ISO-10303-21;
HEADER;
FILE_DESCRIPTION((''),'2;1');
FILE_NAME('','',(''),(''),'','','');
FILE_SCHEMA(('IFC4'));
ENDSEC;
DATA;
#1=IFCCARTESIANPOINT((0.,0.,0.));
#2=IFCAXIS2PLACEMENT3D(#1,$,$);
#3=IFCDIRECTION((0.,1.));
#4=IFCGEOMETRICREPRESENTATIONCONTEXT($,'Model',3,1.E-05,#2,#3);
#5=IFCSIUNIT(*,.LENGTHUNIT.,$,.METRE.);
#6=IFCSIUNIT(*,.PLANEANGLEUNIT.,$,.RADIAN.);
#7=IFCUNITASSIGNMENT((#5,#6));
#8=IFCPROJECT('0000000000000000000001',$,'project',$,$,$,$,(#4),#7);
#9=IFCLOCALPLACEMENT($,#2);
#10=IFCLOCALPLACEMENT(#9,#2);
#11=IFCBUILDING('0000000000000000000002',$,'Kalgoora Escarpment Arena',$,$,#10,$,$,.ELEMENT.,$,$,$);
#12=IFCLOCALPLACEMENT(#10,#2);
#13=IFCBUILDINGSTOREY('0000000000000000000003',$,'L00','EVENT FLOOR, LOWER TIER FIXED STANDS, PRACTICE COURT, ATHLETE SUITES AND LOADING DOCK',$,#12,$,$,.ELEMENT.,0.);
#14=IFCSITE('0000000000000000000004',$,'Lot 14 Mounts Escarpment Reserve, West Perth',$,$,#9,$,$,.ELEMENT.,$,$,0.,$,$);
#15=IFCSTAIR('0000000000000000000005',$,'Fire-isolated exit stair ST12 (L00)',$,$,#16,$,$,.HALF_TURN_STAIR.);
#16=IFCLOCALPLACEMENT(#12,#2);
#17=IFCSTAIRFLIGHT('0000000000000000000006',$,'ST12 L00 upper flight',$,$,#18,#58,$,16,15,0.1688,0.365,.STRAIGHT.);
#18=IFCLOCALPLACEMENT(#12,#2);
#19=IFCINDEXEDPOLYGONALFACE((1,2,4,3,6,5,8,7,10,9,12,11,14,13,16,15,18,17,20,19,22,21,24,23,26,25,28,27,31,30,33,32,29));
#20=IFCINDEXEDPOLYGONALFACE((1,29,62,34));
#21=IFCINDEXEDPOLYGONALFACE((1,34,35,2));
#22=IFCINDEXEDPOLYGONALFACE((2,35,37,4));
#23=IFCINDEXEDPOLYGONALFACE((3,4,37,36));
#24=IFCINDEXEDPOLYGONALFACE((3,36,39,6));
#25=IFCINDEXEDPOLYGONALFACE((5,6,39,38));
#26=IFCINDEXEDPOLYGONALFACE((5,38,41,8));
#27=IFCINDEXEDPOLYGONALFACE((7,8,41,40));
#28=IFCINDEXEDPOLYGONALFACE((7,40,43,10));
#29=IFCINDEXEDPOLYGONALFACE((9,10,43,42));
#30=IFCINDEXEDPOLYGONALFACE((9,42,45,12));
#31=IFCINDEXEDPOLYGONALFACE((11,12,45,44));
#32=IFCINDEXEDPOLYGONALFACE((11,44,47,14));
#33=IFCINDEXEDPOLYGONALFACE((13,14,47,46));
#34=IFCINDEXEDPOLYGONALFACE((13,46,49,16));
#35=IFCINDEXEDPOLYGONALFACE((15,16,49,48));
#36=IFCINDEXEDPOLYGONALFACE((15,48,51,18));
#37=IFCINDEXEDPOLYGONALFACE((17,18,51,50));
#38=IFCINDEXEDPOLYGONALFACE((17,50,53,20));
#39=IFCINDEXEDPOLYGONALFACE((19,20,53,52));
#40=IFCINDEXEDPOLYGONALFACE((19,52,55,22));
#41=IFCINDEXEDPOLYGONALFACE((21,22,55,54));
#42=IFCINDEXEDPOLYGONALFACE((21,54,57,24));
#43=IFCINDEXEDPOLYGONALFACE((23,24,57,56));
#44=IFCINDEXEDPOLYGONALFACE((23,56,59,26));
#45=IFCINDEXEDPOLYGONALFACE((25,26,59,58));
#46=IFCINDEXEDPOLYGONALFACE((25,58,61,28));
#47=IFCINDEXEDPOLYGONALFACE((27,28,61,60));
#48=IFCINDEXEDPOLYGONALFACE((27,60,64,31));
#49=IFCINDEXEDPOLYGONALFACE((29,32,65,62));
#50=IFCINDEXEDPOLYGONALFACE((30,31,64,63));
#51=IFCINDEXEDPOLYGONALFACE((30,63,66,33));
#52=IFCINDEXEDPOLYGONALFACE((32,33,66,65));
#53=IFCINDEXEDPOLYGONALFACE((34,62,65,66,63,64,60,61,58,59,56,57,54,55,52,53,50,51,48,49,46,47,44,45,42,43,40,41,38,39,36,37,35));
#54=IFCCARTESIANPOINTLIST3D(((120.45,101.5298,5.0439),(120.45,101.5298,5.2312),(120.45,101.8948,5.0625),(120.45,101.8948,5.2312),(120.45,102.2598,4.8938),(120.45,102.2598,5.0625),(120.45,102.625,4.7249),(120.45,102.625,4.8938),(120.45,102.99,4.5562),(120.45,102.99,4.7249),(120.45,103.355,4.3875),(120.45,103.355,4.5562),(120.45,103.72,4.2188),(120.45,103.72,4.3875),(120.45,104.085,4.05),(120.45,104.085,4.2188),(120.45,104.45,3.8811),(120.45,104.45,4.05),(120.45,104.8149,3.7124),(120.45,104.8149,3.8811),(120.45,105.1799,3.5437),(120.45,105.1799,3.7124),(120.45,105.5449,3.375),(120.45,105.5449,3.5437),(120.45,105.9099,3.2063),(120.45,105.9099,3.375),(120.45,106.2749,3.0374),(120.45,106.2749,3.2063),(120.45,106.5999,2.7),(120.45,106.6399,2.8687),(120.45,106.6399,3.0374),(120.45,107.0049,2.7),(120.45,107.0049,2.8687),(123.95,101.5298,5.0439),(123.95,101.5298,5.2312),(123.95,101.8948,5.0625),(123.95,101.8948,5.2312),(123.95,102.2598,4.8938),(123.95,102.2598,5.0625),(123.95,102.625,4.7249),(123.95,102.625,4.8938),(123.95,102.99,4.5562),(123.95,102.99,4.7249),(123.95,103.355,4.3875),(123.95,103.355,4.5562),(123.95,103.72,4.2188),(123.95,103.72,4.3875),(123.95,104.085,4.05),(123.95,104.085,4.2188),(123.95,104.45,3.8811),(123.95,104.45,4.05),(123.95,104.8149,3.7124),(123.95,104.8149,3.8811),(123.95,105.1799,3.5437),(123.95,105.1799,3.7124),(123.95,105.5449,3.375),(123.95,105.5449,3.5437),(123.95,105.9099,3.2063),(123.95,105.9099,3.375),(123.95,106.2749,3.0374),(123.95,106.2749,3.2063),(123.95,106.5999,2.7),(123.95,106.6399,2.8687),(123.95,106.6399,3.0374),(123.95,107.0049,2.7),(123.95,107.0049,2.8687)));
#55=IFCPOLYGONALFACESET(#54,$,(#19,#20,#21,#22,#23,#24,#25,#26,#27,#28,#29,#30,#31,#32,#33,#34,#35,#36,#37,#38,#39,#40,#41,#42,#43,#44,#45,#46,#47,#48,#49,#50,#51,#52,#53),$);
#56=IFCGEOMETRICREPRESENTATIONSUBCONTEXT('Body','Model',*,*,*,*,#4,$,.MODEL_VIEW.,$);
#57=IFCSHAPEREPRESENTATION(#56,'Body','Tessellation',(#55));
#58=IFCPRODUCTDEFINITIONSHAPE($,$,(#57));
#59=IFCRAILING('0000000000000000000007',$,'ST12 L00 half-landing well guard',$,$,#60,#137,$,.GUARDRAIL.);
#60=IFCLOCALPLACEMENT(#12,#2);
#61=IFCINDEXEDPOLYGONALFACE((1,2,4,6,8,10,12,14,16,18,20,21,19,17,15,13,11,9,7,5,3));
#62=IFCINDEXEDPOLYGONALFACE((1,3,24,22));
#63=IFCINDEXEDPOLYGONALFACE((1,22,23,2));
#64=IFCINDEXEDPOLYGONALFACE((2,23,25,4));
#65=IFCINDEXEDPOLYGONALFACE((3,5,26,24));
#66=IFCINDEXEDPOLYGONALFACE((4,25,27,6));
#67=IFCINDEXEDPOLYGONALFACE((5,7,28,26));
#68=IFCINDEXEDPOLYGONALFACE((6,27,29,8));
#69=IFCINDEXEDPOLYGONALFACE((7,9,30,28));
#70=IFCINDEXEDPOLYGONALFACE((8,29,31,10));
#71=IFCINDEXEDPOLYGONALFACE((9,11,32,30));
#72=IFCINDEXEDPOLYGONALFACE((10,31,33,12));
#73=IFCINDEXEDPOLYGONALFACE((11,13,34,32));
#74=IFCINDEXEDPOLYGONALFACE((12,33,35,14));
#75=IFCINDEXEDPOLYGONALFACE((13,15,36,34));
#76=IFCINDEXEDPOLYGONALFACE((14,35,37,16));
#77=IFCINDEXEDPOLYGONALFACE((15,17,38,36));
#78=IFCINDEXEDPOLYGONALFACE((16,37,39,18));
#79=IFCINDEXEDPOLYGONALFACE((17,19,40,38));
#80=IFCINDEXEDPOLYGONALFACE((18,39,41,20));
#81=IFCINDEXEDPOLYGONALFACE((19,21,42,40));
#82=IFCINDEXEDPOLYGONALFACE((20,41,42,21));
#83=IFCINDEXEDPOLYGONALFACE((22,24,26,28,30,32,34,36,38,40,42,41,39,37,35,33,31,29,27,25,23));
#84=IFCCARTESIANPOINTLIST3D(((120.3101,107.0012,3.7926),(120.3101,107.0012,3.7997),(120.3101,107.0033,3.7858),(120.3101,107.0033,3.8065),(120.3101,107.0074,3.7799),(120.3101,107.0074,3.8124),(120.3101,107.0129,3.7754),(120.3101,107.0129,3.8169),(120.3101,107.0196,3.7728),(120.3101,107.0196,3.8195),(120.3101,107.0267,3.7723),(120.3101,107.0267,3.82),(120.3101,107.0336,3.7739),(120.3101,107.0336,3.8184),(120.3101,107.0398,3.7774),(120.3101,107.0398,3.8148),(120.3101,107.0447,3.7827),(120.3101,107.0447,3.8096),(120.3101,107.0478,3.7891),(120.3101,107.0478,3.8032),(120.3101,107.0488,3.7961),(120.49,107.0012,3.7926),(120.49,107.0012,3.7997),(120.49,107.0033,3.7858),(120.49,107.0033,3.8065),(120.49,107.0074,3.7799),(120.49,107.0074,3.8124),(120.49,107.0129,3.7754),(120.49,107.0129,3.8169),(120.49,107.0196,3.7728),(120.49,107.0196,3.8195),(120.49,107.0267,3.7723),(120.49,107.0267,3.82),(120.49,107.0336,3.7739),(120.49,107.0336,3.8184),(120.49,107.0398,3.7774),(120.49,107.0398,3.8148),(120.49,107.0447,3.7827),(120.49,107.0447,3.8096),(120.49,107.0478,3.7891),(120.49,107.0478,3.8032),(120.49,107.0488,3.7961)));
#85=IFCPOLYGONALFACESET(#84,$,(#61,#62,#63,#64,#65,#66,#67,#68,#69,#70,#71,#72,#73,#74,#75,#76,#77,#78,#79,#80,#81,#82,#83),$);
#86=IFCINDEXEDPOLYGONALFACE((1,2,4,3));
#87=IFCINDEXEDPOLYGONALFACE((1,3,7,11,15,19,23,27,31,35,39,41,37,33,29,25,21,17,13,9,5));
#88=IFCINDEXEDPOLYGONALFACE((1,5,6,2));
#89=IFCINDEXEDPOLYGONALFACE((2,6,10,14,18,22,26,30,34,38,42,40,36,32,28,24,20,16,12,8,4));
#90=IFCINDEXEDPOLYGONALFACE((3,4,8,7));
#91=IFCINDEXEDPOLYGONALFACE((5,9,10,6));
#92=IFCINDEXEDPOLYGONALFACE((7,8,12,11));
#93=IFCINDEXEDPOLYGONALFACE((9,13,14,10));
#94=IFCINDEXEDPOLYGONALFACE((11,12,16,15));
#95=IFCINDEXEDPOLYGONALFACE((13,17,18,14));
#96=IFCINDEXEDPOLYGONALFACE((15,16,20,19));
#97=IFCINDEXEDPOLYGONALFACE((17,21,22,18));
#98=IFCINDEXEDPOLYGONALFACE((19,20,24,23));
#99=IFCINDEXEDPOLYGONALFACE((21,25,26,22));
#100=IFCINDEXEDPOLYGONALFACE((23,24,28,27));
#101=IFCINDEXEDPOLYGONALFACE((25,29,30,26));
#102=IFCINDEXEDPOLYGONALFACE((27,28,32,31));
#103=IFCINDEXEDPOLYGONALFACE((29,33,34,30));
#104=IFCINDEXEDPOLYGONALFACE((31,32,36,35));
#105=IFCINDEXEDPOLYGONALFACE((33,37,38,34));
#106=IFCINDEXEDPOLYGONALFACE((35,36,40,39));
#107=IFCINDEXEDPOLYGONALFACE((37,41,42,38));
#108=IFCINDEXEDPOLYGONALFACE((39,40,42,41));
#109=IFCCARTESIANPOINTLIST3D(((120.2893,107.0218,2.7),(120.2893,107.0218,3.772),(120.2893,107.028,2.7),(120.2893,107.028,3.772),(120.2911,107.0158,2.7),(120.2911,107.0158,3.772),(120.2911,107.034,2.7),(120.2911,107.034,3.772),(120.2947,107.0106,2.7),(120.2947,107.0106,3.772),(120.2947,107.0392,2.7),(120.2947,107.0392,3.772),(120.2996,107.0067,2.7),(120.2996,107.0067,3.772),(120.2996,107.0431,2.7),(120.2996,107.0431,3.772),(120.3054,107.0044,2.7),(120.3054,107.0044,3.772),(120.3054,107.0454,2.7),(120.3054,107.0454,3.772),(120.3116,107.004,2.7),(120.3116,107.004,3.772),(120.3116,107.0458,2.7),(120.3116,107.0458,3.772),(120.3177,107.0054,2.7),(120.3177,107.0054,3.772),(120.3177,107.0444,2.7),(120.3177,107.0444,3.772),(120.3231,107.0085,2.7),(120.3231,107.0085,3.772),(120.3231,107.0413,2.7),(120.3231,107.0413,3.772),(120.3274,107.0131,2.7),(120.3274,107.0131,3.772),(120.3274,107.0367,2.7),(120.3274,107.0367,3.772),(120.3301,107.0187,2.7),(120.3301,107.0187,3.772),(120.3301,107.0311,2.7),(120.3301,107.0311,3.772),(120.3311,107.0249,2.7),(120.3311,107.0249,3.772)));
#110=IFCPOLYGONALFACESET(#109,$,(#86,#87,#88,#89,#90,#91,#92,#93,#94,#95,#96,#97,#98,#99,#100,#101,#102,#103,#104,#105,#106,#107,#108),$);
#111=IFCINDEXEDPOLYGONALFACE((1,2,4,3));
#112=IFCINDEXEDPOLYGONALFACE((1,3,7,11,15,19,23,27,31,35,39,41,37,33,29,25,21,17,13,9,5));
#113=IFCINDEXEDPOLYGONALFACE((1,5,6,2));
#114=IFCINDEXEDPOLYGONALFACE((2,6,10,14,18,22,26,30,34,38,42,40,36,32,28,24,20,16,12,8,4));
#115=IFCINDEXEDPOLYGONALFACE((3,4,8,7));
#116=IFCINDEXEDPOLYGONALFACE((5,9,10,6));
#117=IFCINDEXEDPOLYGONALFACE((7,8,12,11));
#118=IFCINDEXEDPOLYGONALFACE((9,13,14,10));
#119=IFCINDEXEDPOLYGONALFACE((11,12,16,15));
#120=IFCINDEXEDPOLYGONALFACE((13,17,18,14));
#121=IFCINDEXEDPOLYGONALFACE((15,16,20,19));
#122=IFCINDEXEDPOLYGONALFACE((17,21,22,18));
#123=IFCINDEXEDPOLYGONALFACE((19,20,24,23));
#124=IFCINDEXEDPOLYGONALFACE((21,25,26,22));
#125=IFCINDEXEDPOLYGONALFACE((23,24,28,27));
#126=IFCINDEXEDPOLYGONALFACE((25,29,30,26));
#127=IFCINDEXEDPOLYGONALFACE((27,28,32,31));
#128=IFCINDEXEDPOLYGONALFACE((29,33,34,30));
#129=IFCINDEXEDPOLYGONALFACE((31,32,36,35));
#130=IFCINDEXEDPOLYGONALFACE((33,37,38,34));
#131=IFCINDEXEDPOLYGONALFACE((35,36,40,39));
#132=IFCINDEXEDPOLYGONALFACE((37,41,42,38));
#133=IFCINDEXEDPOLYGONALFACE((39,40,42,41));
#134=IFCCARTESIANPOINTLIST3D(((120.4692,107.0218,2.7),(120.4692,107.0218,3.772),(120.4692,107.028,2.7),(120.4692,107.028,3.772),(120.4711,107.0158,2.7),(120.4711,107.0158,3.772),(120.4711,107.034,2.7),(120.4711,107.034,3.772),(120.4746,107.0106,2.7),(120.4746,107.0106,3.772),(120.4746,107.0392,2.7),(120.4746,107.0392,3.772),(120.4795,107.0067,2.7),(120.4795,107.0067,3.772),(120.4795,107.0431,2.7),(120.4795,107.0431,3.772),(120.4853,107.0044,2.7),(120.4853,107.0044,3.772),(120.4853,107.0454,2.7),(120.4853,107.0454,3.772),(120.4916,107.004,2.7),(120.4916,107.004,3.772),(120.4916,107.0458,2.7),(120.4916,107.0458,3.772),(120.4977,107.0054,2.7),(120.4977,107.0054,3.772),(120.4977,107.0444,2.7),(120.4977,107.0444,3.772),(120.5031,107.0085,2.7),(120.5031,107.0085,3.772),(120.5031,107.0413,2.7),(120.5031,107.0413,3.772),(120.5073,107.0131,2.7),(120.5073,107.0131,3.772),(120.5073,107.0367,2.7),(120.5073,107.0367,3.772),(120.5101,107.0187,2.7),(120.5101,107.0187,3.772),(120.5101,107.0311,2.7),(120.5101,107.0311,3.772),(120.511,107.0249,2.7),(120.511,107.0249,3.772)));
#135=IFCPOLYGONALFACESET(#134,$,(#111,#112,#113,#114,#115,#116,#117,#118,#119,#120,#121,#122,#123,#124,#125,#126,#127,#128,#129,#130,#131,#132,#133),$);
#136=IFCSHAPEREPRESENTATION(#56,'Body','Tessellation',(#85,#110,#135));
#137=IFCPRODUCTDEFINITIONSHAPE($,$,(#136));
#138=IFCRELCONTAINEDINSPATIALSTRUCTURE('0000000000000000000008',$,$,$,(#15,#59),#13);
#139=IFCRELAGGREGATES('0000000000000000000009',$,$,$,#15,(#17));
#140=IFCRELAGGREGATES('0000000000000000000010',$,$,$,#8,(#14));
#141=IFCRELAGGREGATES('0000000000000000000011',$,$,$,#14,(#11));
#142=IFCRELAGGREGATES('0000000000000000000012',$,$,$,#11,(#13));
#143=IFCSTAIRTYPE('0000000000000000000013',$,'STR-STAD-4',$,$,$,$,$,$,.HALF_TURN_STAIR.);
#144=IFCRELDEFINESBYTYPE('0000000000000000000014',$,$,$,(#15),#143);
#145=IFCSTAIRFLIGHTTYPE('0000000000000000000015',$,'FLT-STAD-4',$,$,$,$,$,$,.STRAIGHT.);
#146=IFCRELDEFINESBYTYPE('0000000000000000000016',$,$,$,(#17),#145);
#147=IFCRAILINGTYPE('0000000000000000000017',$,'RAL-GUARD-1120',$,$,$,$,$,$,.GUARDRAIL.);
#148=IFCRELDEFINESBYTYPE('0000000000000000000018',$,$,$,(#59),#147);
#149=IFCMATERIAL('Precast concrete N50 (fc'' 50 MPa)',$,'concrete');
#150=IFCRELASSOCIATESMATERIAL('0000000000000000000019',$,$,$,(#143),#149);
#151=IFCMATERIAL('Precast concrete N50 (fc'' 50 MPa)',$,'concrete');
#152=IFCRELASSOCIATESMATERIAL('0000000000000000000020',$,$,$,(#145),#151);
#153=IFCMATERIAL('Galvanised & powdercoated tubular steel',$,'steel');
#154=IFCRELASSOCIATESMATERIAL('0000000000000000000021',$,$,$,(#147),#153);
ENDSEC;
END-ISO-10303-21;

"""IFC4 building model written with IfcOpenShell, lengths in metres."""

from ifc_helpers import new_model, si_unit, direction, frame, origin, origin_2d, place, context, subcontext, project, spatial, polyline, circle, outline, extrude, material, type_object, element, aggregate, save


model = new_model("IFC4")

# Units and contexts
model_context = context("Model", 3, precision=1e-05, world=origin(), true_north=direction((0.0, 1.0)))
body_context = subcontext(model_context, "Body", "Model", "MODEL_VIEW")
ifc_project = project(units=[si_unit("LENGTHUNIT", "METRE"), si_unit("PLANEANGLEUNIT", "RADIAN")], contexts=[model_context])

# Site, building, storey
site_placement = place(None, origin())
site = spatial("IfcSite", under=ifc_project, at=site_placement, Name="Lot 14 Mounts Escarpment Reserve, West Perth", CompositionType="ELEMENT", RefElevation=0.0)
building_placement = place(site_placement, origin())
building = spatial("IfcBuilding", under=site, at=building_placement, Name="Kalgoora Escarpment Arena", CompositionType="ELEMENT")
storey_placement = place(building_placement, origin())
storey = spatial("IfcBuildingStorey", under=building, at=storey_placement, Name="L00", Description="EVENT FLOOR, LOWER TIER FIXED STANDS, PRACTICE COURT, ATHLETE SUITES AND LOADING DOCK", CompositionType="ELEMENT", Elevation=0.0)

# Stair, stair flight
ifc_material_1 = material(Name="Precast concrete N50 (fc' 50 MPa)", Category="concrete")
stair_type_1 = type_object("IfcStairType", Name="STR-STAD-4", PredefinedType="HALF_TURN_STAIR", material=ifc_material_1)
stair_1_placement = place(storey_placement, origin())
stair_1 = element("IfcStair", 1, at=stair_1_placement, inside=storey, type_object=stair_type_1, Name="Fire-isolated exit stair ST12 (L00)", PredefinedType="HALF_TURN_STAIR")
ifc_material_2 = material(Name="Precast concrete N50 (fc' 50 MPa)", Category="concrete")
stair_flight_type_1 = type_object("IfcStairFlightType", Name="FLT-STAD-4", PredefinedType="STRAIGHT", material=ifc_material_2)
stair_flight_1_placement = place(storey_placement, frame((122.2, 107.0049, 2.7), z_axis=(0.0, 0.0, 1.0), x_axis=(0.0, -1.0, 0.0)))
stair_flight_1 = element("IfcStairFlight", 2, at=stair_flight_1_placement, type_object=stair_flight_type_1, Name="ST12 L00 upper flight", NumberOfRisers=16, NumberOfTreads=15, PredefinedType="STRAIGHT", RiserHeight=0.1688, TreadLength=0.365, context=body_context, shape_type="SweptSolid", body=[
    extrude(outline(polyline([(0.0, 0.0), (0.0, 0.1687), (0.365, 0.1687), (0.365, 0.3374), (0.73, 0.3374), (0.73, 0.5063), (1.095, 0.5063), (1.095, 0.675), (1.46, 0.675), (1.46, 0.8438), (1.825, 0.8438), (1.825, 1.0125), (2.1899, 1.0125), (2.1899, 1.1812), (2.5549, 1.1812), (2.5549, 1.3501), (2.9199, 1.3501), (2.9199, 1.5188), (3.2849, 1.5188), (3.2849, 1.6875), (3.6499, 1.6875), (3.6499, 1.8562), (4.0149, 1.8562), (4.0149, 2.0249), (4.3799, 2.0249), (4.3799, 2.1938), (4.7451, 2.1938), (4.7451, 2.3625), (5.1101, 2.3625), (5.1101, 2.5312), (5.4751, 2.5312), (5.4751, 2.7), (5.4751, 2.344), (0.405, 0.0), (0.0, 0.0)])), frame((0.0, 1.75, 0.0), z_axis=(0.0, -1.0, 0.0), x_axis=(1.0, 0.0, 0.0)), (0.0, 0.0, 1.0), 3.5),
])
aggregate(stair_1, [stair_flight_1])

# Railing
ifc_material_3 = material(Name="Galvanised & powdercoated tubular steel", Category="steel")
railing_type_1 = type_object("IfcRailingType", Name="RAL-GUARD-1120", PredefinedType="GUARDRAIL", material=ifc_material_3)
railing_placement = place(storey_placement, frame((120.3101, 107.0249, 2.7)))
element("IfcRailing", 3, at=railing_placement, inside=storey, type_object=railing_type_1, Name="ST12 L00 half-landing well guard", PredefinedType="GUARDRAIL", context=body_context, shape_type="SweptSolid", body=[
    extrude(circle(Radius=0.0239, at=origin_2d()), frame((0.0, 0.0, 1.0962), z_axis=(1.0, 0.0, 0.0), x_axis=(0.0, 1.0, 0.0)), (0.0, 0.0, 1.0), 0.1799),
    extrude(circle(Radius=0.021, at=origin_2d()), origin(), (0.0, 0.0, 1.0), 1.072),
    extrude(circle(Radius=0.021, at=origin_2d()), frame((0.1799, 0.0, 0.0)), (0.0, 0.0, 1.0), 1.072),
])

save(model, "model.ifc")
